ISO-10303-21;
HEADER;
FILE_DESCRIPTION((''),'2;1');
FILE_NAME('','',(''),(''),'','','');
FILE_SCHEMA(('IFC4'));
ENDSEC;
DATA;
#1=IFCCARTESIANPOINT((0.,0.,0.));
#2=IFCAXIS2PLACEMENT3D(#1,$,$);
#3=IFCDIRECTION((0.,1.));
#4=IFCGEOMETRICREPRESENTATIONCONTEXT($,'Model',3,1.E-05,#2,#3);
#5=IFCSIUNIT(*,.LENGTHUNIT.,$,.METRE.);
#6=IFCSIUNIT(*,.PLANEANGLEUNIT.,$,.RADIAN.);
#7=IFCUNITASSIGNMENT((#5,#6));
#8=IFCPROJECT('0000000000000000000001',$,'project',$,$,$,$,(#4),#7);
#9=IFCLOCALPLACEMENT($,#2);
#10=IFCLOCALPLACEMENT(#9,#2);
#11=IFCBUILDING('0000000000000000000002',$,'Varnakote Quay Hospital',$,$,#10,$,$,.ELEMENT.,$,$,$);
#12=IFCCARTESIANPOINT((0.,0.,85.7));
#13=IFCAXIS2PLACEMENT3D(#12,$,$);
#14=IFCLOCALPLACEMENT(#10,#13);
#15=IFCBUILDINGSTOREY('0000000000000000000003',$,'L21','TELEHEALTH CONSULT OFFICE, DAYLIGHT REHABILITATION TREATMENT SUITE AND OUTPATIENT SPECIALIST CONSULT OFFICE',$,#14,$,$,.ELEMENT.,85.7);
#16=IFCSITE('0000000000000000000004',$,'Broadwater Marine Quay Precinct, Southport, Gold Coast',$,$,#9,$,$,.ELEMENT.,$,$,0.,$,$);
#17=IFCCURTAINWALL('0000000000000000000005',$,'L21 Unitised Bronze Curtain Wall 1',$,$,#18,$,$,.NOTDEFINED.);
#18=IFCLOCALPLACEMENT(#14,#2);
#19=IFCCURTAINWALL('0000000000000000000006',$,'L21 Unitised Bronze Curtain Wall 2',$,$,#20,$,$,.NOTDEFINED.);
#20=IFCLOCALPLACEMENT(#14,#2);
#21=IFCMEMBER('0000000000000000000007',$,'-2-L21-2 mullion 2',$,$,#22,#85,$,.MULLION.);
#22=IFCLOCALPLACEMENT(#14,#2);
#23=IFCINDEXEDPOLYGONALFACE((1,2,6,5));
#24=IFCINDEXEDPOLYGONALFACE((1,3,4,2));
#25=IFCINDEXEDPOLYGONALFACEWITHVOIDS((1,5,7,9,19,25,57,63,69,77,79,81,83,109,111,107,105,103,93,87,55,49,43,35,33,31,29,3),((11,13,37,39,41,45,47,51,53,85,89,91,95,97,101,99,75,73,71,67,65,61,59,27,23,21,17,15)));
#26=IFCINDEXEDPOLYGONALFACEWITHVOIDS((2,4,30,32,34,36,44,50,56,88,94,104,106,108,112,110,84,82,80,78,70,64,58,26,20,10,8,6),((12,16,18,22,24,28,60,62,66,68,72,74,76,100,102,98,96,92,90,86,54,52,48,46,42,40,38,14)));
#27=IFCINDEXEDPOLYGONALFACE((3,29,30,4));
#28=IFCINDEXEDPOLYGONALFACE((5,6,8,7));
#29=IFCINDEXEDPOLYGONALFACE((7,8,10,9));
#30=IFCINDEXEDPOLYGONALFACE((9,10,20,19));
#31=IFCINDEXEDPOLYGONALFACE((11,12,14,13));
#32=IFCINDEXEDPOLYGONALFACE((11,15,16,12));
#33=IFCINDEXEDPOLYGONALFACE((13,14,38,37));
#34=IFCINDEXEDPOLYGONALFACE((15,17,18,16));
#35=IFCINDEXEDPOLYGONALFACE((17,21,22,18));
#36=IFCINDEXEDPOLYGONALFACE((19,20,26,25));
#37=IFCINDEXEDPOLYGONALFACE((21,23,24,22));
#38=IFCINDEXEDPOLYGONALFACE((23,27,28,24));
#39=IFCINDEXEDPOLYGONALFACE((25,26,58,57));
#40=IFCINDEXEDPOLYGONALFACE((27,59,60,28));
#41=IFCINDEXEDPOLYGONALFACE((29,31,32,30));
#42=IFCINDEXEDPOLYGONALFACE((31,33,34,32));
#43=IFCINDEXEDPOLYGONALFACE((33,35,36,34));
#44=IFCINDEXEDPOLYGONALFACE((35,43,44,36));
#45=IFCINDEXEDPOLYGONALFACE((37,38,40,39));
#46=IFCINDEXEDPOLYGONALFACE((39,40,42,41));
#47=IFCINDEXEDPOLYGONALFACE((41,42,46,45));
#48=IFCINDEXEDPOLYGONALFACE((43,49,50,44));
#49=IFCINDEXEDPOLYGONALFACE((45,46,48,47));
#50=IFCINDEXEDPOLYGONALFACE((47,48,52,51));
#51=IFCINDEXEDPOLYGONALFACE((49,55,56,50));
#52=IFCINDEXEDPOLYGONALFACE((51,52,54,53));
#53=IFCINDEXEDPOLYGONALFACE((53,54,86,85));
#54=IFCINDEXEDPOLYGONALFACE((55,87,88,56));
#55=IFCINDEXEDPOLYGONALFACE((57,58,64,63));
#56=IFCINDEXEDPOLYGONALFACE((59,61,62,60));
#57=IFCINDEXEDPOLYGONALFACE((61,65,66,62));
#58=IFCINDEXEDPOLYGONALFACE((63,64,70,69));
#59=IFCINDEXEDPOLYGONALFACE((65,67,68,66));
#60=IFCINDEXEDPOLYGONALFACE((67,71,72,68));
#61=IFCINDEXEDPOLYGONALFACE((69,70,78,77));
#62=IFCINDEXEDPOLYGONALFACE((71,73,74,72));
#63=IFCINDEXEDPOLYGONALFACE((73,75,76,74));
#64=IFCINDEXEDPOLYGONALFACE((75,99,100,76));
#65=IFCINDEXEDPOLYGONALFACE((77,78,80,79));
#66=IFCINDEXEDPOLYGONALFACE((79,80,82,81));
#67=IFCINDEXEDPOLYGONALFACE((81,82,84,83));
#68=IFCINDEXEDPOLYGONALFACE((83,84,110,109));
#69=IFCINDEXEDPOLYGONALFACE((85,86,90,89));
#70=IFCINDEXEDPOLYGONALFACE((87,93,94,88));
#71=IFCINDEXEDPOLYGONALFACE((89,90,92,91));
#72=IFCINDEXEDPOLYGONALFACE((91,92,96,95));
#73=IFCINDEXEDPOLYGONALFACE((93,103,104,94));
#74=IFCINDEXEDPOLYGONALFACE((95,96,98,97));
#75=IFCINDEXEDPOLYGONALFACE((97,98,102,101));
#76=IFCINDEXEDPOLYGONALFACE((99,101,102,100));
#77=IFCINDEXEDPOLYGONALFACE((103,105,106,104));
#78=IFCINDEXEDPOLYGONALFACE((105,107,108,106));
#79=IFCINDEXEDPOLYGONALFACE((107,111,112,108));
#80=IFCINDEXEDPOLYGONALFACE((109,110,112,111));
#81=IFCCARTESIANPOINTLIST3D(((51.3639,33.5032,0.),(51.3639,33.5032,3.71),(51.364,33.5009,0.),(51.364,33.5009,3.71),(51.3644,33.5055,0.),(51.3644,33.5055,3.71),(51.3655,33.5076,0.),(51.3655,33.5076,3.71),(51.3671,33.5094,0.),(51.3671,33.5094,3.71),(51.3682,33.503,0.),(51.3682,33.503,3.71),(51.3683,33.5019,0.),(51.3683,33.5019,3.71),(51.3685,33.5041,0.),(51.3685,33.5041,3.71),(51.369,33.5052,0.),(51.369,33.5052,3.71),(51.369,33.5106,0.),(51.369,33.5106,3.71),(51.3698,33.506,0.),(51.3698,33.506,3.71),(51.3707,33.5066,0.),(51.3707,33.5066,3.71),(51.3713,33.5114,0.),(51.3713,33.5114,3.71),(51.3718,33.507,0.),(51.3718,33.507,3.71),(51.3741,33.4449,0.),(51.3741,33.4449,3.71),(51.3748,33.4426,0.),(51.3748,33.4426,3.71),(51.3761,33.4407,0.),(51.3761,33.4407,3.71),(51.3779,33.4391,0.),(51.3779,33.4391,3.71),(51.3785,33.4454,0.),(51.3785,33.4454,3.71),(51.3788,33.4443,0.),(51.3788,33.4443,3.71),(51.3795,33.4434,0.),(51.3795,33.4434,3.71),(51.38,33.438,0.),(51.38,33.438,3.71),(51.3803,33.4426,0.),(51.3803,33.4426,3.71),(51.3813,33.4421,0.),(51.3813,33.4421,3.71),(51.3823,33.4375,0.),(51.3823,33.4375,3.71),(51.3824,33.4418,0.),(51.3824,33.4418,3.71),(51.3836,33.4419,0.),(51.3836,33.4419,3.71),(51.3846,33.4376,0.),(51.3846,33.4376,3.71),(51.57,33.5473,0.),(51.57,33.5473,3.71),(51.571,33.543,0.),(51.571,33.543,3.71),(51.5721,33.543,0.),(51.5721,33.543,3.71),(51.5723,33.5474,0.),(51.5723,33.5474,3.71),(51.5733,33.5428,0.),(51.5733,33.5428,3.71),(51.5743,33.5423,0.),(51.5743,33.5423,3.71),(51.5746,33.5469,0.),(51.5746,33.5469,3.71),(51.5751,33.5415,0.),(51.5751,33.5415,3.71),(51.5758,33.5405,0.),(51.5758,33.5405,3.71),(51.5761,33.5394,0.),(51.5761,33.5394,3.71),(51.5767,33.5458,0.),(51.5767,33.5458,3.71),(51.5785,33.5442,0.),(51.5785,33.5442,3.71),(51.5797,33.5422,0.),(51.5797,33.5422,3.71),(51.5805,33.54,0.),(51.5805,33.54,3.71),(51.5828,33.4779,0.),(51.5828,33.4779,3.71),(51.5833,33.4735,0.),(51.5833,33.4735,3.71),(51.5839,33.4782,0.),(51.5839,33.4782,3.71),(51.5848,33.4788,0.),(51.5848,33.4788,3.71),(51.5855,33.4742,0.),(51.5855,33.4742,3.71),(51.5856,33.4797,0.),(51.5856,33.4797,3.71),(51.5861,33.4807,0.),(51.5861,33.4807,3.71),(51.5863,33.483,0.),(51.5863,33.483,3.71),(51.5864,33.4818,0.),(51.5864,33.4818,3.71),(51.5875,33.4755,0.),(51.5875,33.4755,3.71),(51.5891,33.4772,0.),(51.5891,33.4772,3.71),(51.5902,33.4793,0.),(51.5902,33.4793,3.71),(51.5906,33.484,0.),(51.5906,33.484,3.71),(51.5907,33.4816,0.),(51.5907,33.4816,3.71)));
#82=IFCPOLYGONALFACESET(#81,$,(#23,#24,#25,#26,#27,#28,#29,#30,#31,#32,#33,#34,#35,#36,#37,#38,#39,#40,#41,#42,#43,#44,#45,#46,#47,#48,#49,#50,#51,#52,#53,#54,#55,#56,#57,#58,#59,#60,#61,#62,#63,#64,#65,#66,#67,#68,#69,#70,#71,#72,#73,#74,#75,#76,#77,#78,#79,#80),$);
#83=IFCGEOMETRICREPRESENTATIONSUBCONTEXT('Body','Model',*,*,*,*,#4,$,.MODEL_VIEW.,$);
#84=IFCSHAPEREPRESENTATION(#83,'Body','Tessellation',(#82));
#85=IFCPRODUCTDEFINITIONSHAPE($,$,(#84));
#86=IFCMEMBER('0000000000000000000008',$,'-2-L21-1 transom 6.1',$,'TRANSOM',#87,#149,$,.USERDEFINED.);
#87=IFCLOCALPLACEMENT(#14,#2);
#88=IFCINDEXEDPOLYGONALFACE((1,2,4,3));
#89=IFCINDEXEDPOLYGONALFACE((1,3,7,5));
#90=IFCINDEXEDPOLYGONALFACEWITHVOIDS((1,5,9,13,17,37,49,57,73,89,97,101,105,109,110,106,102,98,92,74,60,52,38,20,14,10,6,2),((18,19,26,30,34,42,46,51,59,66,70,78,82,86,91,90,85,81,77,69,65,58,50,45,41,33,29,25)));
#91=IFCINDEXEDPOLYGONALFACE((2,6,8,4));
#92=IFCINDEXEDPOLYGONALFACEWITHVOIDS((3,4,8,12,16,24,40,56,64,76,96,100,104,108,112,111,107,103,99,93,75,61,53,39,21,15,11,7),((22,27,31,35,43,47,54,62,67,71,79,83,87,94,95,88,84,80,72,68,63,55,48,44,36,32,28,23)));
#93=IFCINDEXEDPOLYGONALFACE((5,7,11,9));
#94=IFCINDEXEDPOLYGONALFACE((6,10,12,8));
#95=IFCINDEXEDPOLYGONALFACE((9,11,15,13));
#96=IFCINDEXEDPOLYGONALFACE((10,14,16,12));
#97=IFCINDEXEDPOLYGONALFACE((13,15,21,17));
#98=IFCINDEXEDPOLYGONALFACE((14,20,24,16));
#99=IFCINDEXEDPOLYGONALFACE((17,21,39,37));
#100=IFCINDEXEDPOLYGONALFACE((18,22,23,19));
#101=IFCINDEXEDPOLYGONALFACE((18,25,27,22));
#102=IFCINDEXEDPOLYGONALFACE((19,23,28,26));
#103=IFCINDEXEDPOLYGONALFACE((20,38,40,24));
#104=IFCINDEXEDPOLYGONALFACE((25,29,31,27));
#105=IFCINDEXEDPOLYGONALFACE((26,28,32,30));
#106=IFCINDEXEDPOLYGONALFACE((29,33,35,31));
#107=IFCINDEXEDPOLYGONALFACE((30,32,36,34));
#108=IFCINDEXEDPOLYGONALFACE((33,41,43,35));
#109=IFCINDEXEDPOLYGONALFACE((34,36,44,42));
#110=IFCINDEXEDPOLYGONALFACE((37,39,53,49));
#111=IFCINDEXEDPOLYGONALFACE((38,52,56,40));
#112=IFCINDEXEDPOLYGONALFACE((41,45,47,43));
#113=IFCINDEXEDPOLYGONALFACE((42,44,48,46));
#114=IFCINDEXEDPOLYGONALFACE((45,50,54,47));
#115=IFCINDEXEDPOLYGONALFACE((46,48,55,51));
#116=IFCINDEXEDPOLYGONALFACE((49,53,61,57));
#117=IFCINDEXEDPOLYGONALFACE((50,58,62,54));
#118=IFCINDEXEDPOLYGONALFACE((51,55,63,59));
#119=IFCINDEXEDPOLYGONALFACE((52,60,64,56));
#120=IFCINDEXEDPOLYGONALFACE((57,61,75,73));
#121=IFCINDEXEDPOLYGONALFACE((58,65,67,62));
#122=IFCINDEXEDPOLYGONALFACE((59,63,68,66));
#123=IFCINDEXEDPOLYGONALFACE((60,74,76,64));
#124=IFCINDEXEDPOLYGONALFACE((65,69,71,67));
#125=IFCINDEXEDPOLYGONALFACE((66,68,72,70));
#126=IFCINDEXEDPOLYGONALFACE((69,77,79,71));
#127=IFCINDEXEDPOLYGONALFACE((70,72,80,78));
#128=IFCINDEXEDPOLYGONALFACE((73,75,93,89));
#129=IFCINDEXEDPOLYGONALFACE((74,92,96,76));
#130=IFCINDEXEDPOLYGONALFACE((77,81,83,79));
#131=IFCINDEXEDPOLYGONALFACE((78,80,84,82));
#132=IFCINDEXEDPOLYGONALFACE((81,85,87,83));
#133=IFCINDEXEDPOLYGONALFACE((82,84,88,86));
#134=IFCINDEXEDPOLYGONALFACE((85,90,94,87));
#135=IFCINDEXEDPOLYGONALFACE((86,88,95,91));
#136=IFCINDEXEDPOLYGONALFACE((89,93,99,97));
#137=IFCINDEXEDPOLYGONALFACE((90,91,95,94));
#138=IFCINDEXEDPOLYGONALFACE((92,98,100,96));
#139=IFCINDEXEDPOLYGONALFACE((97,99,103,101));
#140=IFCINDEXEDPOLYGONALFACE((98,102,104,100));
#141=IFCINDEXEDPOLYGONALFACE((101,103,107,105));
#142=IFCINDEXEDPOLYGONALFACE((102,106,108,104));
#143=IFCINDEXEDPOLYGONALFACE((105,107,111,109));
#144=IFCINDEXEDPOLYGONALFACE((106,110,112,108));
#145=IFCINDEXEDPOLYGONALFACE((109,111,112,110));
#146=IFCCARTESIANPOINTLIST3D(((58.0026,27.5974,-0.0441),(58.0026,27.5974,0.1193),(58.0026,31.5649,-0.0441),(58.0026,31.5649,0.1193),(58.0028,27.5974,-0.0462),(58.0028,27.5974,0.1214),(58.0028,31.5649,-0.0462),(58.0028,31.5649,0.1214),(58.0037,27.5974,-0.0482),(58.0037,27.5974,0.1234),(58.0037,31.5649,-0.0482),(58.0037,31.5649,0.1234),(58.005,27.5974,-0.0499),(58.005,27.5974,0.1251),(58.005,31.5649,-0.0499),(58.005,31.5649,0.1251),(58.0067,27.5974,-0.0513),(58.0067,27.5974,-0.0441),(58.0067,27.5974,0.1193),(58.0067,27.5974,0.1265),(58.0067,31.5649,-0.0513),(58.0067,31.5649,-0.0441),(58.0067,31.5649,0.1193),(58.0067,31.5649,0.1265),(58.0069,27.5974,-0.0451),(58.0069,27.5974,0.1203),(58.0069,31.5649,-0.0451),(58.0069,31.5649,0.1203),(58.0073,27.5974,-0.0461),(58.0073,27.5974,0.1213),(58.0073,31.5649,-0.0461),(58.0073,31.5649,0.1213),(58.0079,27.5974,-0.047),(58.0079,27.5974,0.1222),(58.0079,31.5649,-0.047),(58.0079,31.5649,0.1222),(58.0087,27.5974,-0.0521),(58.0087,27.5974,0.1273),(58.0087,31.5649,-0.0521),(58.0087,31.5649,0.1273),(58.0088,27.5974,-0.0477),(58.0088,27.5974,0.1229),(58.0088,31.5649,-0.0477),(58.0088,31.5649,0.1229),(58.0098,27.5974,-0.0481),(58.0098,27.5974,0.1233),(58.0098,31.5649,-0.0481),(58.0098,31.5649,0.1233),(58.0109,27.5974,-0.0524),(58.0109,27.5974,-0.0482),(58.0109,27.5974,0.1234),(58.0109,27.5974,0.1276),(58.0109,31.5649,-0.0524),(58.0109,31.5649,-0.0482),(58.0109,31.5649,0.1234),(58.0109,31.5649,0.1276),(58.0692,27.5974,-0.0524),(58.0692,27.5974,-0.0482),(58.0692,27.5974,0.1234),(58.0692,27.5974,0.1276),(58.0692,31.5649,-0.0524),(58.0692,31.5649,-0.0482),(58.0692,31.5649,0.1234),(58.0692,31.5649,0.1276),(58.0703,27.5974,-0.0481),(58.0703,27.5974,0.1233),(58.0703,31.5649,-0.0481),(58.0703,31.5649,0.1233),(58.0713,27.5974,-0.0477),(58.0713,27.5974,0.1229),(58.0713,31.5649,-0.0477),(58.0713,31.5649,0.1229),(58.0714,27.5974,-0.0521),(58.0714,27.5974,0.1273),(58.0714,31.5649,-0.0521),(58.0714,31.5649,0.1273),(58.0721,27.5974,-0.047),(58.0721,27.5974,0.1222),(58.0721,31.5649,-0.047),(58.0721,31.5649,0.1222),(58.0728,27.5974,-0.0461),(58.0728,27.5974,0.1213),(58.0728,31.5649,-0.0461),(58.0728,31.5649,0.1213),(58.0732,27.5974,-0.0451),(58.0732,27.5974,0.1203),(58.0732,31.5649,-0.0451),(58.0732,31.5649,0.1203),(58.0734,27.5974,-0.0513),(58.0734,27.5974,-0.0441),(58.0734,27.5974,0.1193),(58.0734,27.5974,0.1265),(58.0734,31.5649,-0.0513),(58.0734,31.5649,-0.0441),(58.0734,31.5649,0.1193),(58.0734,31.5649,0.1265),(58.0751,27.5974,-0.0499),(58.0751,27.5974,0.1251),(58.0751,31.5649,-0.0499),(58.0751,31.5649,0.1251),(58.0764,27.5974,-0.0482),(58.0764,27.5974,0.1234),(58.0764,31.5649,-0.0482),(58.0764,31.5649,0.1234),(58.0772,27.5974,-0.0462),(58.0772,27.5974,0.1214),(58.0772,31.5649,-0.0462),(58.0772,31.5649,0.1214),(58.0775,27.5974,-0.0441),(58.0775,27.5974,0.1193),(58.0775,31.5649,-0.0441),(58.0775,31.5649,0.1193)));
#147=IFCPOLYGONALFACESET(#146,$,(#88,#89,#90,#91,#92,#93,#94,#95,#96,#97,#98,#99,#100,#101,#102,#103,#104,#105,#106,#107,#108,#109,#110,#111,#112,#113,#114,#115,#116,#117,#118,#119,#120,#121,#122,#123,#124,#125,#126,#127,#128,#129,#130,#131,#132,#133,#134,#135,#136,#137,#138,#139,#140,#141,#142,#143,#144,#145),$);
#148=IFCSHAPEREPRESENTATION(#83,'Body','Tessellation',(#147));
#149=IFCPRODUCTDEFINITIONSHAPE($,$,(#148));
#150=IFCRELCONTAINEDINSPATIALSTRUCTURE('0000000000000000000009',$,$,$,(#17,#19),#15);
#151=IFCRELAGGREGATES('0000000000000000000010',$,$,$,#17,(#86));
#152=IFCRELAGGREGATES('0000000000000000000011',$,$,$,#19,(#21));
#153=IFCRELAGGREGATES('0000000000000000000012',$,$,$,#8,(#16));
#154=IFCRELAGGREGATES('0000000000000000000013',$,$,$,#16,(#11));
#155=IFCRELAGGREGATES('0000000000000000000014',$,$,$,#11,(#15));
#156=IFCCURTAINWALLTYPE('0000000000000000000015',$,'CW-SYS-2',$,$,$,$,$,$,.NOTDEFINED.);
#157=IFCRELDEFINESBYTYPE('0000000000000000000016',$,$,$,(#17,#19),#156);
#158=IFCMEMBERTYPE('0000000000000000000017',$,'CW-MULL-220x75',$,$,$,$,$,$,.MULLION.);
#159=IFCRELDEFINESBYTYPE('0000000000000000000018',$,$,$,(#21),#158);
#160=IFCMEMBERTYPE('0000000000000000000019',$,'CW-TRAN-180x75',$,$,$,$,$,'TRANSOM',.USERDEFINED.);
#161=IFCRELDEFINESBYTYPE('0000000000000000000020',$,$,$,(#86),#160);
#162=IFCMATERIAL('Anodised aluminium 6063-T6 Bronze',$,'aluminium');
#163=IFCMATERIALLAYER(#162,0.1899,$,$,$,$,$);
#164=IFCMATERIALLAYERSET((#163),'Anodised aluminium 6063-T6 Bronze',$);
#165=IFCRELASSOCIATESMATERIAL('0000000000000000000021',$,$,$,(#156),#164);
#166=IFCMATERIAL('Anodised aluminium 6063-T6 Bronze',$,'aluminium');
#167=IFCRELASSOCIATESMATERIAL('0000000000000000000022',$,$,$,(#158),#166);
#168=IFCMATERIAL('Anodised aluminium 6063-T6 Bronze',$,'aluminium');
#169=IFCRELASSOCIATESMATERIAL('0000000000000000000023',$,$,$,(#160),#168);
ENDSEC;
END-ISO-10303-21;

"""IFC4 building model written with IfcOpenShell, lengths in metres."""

from ifc_helpers import new_model, si_unit, direction, frame, origin, origin_2d, place, context, subcontext, project, spatial, hollow_rectangle, extrude, material, layer, layer_set, material_profile, profile_set, type_object, element, aggregate, save


model = new_model("IFC4")

# Units and contexts
model_context = context("Model", 3, precision=1e-05, world=origin(), true_north=direction((0.0, 1.0)))
body_context = subcontext(model_context, "Body", "Model", "MODEL_VIEW")
ifc_project = project(units=[si_unit("LENGTHUNIT", "METRE"), si_unit("PLANEANGLEUNIT", "RADIAN")], contexts=[model_context])

# Site, building, storey
site_placement = place(None, origin())
site = spatial("IfcSite", under=ifc_project, at=site_placement, Name="Broadwater Marine Quay Precinct, Southport, Gold Coast", CompositionType="ELEMENT", RefElevation=0.0)
building_placement = place(site_placement, origin())
building = spatial("IfcBuilding", under=site, at=building_placement, Name="Varnakote Quay Hospital", CompositionType="ELEMENT")
storey_placement = place(building_placement, frame((0.0, 0.0, 85.7)))
storey = spatial("IfcBuildingStorey", under=building, at=storey_placement, Name="L21", Description="TELEHEALTH CONSULT OFFICE, DAYLIGHT REHABILITATION TREATMENT SUITE AND OUTPATIENT SPECIALIST CONSULT OFFICE", CompositionType="ELEMENT", Elevation=85.7)

# Curtain wall
ifc_material_1 = material(Name="Anodised aluminium 6063-T6 Bronze", Category="aluminium")
ifc_layer_1 = layer(ifc_material_1, 0.1899)
ifc_layer_set_1 = layer_set([ifc_layer_1], Name="Anodised aluminium 6063-T6 Bronze")
curtain_wall_type = type_object("IfcCurtainWallType", Name="CW-SYS-2", PredefinedType="NOTDEFINED", material=ifc_layer_set_1)
curtain_wall_1_placement = place(storey_placement, origin())
curtain_wall_1 = element("IfcCurtainWall", 1, at=curtain_wall_1_placement, inside=storey, type_object=curtain_wall_type, Name="L21 Unitised Bronze Curtain Wall 1", PredefinedType="NOTDEFINED")
ifc_material_2 = material(Name="Anodised aluminium 6063-T6 Bronze", Category="aluminium")
ifc_material_profile_1 = material_profile(ifc_material_2, hollow_rectangle(XDim=0.075, YDim=0.22, WallThickness=0.0044, InnerFilletRadius=0.0044, OuterFilletRadius=0.009, at=origin_2d()), Name="CW-MULL-220x75")
ifc_profile_set_1 = profile_set([ifc_material_profile_1], Name="Anodised aluminium 6063-T6 Bronze")
member_type_1 = type_object("IfcMemberType", Name="CW-MULL-220x75", PredefinedType="MULLION", material=ifc_profile_set_1)

# Curtain wall, member
curtain_wall_2_placement = place(storey_placement, origin())
curtain_wall_2 = element("IfcCurtainWall", 2, at=curtain_wall_2_placement, inside=storey, type_object=curtain_wall_type, Name="L21 Unitised Bronze Curtain Wall 2", PredefinedType="NOTDEFINED")
member_1_placement = place(storey_placement, frame((51.4773, 33.4924, 0.0), z_axis=(0.0, 0.0, 1.0), x_axis=(0.177846, -0.984058, 0.0)))
member_1 = element("IfcMember", 3, at=member_1_placement, type_object=member_type_1, Name="-2-L21-2 mullion 2", PredefinedType="MULLION", context=body_context, shape_type="SweptSolid", body=[
    extrude(hollow_rectangle(XDim=0.075, YDim=0.22, WallThickness=0.0044, InnerFilletRadius=0.0044, OuterFilletRadius=0.009, at=origin_2d()), origin(), (0.0, 0.0, 1.0), 3.71),
])

# Member
ifc_material_3 = material(Name="Anodised aluminium 6063-T6 Bronze", Category="aluminium")
ifc_material_profile_2 = material_profile(ifc_material_3, hollow_rectangle(XDim=0.075, YDim=0.1799, WallThickness=0.0042, InnerFilletRadius=0.0042, OuterFilletRadius=0.0083, at=origin_2d()), Name="CW-TRAN-180x75")
ifc_profile_set_2 = profile_set([ifc_material_profile_2], Name="Anodised aluminium 6063-T6 Bronze")
member_type_2 = type_object("IfcMemberType", Name="CW-TRAN-180x75", ElementType="TRANSOM", PredefinedType="USERDEFINED", material=ifc_profile_set_2)
member_2_placement = place(storey_placement, frame((58.04, 27.5974, 0.0376), z_axis=(0.0, 1.0, 0.0), x_axis=(-1.0, 0.0, 0.0)))
member_2 = element("IfcMember", 4, at=member_2_placement, type_object=member_type_2, Name="-2-L21-1 transom 6.1", ObjectType="TRANSOM", PredefinedType="USERDEFINED", context=body_context, shape_type="SweptSolid", body=[
    extrude(hollow_rectangle(XDim=0.075, YDim=0.1799, WallThickness=0.0042, InnerFilletRadius=0.0042, OuterFilletRadius=0.0083, at=origin_2d()), origin(), (0.0, 0.0, 1.0), 3.9675),
])

aggregate(curtain_wall_1, [member_2])
aggregate(curtain_wall_2, [member_1])

save(model, "model.ifc")
